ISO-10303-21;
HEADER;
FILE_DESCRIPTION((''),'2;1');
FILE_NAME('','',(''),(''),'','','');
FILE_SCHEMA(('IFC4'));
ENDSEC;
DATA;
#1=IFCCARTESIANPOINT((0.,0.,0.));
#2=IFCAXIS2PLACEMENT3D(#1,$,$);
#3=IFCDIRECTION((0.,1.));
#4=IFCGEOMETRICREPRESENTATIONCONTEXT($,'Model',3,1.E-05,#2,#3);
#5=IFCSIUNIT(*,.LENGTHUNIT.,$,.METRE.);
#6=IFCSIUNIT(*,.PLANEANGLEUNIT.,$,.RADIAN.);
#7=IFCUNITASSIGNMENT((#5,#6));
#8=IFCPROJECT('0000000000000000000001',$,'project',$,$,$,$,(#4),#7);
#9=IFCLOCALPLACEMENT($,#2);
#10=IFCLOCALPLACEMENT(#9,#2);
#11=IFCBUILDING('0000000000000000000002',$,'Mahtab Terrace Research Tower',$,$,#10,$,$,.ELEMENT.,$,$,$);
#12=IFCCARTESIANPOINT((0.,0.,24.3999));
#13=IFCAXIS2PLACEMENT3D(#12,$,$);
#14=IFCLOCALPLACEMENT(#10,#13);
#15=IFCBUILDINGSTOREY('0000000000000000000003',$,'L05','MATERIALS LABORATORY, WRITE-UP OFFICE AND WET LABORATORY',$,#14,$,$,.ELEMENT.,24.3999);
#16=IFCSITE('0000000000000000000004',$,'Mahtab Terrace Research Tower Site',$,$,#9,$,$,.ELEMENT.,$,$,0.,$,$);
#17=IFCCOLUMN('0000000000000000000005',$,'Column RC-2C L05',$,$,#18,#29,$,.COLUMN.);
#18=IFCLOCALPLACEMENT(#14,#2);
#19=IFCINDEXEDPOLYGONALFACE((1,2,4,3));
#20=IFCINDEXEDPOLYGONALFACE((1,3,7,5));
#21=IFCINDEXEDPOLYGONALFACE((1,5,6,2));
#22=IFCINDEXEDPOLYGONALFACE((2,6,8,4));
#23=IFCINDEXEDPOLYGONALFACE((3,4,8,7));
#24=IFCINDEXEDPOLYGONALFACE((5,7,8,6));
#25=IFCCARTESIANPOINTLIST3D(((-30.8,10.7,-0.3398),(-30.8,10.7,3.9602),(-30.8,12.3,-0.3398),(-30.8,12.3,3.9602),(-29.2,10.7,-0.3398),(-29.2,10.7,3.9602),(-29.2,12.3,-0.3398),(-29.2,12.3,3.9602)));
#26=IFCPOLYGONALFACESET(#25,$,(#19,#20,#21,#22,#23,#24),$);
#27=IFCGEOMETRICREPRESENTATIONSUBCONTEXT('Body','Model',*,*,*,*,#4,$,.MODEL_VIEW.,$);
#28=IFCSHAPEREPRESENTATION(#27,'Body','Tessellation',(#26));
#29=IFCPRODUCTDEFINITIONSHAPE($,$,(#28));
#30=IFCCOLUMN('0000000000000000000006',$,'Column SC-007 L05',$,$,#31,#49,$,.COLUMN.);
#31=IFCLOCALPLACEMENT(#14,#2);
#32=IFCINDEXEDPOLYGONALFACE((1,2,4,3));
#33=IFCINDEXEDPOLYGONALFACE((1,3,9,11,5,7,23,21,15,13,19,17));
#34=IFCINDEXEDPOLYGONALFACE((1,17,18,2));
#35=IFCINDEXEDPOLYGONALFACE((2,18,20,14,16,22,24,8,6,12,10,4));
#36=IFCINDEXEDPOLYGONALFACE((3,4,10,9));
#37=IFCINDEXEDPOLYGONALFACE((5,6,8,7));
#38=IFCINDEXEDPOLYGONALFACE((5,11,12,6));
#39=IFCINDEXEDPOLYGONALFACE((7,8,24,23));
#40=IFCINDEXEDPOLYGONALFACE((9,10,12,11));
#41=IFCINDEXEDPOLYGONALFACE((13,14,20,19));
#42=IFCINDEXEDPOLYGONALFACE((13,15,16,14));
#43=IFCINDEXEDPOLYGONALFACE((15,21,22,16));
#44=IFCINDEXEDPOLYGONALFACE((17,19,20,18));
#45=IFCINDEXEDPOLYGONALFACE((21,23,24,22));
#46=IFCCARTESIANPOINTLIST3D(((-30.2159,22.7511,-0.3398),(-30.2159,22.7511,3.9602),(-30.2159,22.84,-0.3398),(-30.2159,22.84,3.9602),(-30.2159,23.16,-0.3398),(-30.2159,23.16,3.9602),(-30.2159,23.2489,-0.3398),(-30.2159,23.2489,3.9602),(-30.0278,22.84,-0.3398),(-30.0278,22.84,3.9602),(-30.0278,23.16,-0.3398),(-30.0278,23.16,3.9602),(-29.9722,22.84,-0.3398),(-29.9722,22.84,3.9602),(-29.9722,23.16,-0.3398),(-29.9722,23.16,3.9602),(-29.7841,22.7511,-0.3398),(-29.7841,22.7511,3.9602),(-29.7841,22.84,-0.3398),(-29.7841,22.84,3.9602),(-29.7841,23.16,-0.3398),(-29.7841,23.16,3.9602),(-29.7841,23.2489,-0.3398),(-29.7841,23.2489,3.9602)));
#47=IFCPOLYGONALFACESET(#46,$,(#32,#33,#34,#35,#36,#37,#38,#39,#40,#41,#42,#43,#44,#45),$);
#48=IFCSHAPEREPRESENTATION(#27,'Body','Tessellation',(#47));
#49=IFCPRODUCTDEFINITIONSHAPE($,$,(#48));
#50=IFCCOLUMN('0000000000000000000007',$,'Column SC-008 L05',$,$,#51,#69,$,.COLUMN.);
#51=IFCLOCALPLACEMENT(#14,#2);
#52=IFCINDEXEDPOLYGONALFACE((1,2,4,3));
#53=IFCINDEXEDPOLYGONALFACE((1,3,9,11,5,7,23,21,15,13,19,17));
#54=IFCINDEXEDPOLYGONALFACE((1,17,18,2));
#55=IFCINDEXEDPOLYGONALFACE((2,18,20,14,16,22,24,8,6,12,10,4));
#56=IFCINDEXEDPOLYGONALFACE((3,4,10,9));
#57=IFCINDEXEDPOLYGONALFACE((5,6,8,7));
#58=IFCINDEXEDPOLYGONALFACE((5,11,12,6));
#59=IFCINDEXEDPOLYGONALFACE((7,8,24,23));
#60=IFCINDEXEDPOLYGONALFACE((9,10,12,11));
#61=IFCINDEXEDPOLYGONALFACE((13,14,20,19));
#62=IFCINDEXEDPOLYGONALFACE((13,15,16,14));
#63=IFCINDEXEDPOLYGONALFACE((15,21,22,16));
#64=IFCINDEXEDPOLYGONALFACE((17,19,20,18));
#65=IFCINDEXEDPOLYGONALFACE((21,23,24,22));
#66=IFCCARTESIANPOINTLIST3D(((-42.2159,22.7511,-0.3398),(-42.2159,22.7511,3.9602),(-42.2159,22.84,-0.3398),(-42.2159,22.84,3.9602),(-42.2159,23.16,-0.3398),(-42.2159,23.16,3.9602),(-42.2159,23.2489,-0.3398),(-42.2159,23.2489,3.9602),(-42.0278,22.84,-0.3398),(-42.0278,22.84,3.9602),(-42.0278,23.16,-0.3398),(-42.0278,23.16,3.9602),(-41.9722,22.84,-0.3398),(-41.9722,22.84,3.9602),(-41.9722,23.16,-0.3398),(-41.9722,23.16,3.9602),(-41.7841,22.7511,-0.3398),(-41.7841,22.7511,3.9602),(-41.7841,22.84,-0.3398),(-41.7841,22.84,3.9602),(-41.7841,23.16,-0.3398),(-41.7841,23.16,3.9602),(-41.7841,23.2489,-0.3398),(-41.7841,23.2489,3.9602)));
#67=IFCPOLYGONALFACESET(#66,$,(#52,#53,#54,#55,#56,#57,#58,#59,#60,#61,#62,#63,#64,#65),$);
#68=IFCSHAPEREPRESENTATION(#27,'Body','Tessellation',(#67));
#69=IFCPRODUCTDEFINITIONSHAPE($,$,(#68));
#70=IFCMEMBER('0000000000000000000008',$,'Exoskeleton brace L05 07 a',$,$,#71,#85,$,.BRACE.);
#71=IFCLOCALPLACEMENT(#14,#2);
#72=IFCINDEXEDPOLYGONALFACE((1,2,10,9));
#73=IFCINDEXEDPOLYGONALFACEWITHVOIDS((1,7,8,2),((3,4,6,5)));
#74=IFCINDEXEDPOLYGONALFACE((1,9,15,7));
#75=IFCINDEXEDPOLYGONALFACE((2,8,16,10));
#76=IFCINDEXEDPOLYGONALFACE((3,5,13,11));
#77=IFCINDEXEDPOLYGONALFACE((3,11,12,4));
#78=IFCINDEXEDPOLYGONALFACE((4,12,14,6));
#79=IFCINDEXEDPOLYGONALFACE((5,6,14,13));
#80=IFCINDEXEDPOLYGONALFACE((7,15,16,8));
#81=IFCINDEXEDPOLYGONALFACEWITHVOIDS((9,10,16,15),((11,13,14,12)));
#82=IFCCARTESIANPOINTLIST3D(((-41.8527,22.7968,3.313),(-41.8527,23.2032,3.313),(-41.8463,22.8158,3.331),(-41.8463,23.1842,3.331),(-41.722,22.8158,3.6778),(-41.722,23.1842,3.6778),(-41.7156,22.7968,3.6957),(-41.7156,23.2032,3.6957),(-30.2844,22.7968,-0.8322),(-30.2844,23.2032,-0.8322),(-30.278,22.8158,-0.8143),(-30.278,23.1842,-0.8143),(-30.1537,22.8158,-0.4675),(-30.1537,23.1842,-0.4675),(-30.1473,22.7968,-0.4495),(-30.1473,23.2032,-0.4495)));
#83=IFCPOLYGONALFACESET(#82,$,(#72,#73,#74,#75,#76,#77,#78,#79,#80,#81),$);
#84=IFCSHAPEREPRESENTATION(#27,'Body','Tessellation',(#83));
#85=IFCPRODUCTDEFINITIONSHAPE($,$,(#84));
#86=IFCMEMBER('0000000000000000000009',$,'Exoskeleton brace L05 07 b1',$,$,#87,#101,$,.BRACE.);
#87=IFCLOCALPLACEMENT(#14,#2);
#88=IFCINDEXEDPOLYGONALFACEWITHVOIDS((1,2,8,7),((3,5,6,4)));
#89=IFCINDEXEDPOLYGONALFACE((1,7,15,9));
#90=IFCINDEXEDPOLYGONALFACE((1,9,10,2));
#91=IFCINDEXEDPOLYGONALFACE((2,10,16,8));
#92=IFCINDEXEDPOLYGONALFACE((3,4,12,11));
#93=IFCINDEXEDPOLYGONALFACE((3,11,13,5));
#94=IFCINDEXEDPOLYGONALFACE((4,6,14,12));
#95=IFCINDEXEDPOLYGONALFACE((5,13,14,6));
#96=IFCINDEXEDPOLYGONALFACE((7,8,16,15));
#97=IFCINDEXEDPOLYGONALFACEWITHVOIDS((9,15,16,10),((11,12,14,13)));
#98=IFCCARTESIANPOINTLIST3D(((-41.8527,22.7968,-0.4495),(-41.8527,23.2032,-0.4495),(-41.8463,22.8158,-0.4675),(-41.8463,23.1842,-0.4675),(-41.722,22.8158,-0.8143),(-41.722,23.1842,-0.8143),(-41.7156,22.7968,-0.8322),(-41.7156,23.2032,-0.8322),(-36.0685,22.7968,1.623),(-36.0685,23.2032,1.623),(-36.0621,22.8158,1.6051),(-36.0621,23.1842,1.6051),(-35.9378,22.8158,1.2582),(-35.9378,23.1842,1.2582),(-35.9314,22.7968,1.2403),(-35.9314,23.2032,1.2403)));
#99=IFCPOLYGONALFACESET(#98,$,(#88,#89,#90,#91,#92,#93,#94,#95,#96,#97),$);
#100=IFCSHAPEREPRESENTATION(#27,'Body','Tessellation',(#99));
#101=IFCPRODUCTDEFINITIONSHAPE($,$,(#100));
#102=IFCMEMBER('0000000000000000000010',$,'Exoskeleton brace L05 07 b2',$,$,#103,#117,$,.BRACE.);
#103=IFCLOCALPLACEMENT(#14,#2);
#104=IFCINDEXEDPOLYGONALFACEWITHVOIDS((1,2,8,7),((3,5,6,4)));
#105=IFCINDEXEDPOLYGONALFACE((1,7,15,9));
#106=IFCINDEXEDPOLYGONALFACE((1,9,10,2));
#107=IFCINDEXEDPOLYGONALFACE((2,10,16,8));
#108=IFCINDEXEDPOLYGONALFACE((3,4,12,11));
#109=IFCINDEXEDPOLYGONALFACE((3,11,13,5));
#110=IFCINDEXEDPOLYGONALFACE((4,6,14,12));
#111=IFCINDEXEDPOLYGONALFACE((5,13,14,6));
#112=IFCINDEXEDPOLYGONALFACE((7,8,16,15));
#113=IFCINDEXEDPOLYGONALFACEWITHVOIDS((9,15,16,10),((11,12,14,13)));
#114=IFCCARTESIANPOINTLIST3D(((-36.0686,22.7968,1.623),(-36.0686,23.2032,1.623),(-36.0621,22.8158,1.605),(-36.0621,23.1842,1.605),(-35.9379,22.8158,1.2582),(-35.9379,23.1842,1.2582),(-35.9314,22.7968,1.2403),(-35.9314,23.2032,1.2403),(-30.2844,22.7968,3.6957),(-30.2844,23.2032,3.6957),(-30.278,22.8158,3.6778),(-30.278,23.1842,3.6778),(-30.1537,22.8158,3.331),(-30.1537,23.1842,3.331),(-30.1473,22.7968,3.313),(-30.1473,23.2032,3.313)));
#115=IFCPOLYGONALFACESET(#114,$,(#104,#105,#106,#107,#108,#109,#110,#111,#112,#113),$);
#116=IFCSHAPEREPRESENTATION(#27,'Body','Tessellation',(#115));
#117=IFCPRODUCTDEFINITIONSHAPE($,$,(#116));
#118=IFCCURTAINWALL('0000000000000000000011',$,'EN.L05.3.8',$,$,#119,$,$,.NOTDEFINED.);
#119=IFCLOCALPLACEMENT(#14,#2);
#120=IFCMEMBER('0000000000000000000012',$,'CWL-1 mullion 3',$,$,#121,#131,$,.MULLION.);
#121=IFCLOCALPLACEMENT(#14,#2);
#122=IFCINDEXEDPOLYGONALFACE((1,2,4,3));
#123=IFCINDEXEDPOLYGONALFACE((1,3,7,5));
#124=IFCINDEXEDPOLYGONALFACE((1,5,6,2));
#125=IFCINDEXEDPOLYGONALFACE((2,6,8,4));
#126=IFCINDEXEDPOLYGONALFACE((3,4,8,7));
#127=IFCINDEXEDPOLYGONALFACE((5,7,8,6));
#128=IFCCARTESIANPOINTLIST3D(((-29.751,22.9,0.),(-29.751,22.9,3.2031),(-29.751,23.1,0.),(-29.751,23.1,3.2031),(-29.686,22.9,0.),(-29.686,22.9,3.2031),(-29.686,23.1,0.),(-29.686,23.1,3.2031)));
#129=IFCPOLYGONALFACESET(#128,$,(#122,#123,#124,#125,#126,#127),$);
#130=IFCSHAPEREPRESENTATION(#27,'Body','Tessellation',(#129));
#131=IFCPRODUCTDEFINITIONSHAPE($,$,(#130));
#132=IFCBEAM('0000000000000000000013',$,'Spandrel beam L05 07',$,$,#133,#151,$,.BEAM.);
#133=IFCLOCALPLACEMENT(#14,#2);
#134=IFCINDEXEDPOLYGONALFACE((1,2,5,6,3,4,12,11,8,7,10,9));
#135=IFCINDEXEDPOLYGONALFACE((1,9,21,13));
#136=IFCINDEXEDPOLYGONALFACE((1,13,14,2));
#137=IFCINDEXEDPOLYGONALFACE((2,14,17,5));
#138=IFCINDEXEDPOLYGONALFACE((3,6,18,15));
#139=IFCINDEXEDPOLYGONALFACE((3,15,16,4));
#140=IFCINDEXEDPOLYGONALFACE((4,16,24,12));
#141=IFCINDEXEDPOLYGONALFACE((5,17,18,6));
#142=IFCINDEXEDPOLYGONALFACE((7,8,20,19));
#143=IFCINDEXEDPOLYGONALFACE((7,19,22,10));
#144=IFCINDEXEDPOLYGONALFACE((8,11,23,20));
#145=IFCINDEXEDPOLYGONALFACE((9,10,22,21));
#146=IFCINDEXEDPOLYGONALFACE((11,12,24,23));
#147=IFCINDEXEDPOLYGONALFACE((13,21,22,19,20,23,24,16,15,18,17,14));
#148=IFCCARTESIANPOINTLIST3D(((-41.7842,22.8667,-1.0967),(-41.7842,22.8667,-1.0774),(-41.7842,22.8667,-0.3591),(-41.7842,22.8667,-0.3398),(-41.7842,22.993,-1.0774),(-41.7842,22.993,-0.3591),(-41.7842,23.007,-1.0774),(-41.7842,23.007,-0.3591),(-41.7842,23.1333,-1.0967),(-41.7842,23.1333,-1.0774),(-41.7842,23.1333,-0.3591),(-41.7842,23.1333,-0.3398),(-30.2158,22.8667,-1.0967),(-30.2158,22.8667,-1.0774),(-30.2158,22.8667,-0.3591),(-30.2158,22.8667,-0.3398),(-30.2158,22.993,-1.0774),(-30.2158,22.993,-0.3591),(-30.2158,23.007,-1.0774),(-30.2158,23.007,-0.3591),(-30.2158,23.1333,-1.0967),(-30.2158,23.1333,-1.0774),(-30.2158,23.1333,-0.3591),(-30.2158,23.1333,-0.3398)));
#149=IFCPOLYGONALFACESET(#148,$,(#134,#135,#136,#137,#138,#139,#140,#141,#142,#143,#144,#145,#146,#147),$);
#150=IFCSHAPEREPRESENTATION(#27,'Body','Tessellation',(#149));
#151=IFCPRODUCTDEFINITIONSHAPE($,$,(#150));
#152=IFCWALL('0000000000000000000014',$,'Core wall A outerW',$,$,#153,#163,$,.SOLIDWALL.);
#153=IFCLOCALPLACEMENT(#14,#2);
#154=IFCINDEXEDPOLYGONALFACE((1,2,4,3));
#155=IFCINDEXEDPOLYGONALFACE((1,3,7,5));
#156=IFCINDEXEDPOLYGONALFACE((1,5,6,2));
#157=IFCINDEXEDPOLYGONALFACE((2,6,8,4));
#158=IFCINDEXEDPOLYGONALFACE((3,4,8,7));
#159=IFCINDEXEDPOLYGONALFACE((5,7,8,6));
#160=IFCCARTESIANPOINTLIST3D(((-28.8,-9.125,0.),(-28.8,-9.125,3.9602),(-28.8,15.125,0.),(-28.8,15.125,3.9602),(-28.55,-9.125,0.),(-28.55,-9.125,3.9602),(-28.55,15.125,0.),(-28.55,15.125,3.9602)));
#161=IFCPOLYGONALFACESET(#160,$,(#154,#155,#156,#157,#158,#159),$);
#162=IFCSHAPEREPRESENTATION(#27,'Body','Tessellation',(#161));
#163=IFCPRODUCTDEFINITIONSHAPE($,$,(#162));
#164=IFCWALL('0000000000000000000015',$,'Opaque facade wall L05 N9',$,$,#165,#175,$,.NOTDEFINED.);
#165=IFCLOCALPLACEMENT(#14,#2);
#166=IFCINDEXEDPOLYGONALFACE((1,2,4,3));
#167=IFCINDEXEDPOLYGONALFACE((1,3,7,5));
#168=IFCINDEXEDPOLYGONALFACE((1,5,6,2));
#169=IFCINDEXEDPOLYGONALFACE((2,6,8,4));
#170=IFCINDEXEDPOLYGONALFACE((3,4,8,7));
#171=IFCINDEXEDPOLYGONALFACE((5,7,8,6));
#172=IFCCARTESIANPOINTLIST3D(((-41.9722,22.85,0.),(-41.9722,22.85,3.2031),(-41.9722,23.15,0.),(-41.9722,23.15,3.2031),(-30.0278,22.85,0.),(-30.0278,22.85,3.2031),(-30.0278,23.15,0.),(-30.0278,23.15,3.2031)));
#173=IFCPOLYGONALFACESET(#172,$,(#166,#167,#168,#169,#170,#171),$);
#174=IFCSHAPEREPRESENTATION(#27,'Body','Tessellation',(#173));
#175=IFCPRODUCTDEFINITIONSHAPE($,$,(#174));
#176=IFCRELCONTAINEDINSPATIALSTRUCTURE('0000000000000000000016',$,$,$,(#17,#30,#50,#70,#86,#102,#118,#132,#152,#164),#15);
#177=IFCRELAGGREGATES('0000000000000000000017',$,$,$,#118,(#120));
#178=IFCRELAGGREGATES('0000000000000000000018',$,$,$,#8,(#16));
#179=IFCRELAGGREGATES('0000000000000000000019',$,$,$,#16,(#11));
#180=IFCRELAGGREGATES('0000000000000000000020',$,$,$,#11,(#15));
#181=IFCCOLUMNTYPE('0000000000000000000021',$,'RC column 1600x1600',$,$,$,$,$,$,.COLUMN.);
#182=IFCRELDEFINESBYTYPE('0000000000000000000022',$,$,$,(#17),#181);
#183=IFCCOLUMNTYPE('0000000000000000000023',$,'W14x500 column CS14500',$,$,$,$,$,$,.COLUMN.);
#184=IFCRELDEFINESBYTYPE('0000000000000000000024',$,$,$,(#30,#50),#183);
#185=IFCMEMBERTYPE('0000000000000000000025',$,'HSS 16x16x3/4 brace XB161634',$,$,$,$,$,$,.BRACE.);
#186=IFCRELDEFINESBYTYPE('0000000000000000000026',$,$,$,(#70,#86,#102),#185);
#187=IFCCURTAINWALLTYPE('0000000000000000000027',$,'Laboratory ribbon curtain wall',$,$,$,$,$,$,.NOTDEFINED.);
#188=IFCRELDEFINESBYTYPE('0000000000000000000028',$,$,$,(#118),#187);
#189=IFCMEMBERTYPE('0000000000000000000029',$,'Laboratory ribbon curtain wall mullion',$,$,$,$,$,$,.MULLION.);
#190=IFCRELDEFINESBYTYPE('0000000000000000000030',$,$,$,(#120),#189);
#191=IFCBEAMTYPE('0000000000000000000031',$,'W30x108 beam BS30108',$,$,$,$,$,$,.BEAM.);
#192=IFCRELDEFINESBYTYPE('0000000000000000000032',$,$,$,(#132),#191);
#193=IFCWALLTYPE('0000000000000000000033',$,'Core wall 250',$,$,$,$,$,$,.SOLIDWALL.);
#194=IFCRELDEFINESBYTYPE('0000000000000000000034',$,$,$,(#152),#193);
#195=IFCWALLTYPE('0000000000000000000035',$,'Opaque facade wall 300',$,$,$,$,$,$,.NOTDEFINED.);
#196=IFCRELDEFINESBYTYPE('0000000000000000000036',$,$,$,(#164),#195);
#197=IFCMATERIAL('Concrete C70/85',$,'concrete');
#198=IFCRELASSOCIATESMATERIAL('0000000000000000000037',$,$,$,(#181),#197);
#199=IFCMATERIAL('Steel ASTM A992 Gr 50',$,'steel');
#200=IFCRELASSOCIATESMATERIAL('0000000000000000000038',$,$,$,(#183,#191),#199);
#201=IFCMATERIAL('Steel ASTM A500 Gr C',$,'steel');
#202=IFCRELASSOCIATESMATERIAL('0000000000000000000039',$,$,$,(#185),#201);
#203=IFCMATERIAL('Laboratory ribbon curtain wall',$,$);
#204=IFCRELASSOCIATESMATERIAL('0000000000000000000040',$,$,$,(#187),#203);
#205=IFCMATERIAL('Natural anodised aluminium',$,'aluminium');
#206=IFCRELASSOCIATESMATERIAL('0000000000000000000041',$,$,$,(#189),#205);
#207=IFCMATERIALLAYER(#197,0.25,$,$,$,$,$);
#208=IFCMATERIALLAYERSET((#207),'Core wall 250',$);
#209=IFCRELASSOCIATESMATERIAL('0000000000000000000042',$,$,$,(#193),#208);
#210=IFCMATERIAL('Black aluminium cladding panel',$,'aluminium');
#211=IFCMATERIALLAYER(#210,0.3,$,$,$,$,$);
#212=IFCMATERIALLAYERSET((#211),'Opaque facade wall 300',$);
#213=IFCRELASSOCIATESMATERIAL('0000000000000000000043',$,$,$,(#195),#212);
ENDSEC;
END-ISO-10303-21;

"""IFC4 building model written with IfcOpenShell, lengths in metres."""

from ifc_helpers import new_model, si_unit, direction, frame, frame_2d, origin, origin_2d, place, context, subcontext, project, spatial, rectangle, hollow_rectangle, i_section, extrude, material, layer, layer_set, material_profile, profile_set, type_object, element, aggregate, save


model = new_model("IFC4")

# Units and contexts
model_context = context("Model", 3, precision=1e-05, world=origin(), true_north=direction((0.0, 1.0)))
body_context = subcontext(model_context, "Body", "Model", "MODEL_VIEW")
ifc_project = project(units=[si_unit("LENGTHUNIT", "METRE"), si_unit("PLANEANGLEUNIT", "RADIAN")], contexts=[model_context])

# Site, building, storey
site_placement = place(None, origin())
site = spatial("IfcSite", under=ifc_project, at=site_placement, Name="Mahtab Terrace Research Tower Site", CompositionType="ELEMENT", RefElevation=0.0)
building_placement = place(site_placement, origin())
building = spatial("IfcBuilding", under=site, at=building_placement, Name="Mahtab Terrace Research Tower", CompositionType="ELEMENT")
storey_placement = place(building_placement, frame((0.0, 0.0, 24.3999)))
storey = spatial("IfcBuildingStorey", under=building, at=storey_placement, Name="L05", Description="MATERIALS LABORATORY, WRITE-UP OFFICE AND WET LABORATORY", CompositionType="ELEMENT", Elevation=24.3999)

# Columns
ifc_material_1 = material(Name="Concrete C70/85", Category="concrete")
ifc_material_profile_1 = material_profile(ifc_material_1, rectangle(XDim=1.6001, YDim=1.6001, at=origin_2d()), Name="RC column 1600x1600")
ifc_profile_set_1 = profile_set([ifc_material_profile_1], Name="Concrete C70/85")
column_type_1 = type_object("IfcColumnType", Name="RC column 1600x1600", PredefinedType="COLUMN", material=ifc_profile_set_1)
column_placement = place(storey_placement, frame((-30.0, 11.5, -0.3398), z_axis=(0.0, 0.0, 1.0), x_axis=(1.0, 0.0, 0.0)))
element("IfcColumn", 1, at=column_placement, inside=storey, type_object=column_type_1, Name="Column RC-2C L05", PredefinedType="COLUMN", context=body_context, shape_type="SweptSolid", body=[
    extrude(rectangle(XDim=1.6001, YDim=1.6001, at=origin_2d()), origin(), (0.0, 0.0, 1.0), 4.3),
])
ifc_material_2 = material(Name="Steel ASTM A992 Gr 50", Category="steel")
ifc_material_profile_2 = material_profile(ifc_material_2, i_section(OverallWidth=0.4319, OverallDepth=0.4978, WebThickness=0.0557, FlangeThickness=0.0889, at=origin_2d()), Name="W14X500")
ifc_profile_set_2 = profile_set([ifc_material_profile_2], Name="Steel ASTM A992 Gr 50")
column_type_2 = type_object("IfcColumnType", Name="W14x500 column CS14500", PredefinedType="COLUMN", material=ifc_profile_set_2)
for number, where, z_axis, x_axis, name in (
    (2, (-30.0, 23.0, -0.3398), (0.0, 0.0, 1.0), (1.0, 0.0, 0.0), "Column SC-007 L05"),
    (3, (-42.0, 23.0, -0.3398), (0.0, 0.0, 1.0), (1.0, 0.0, 0.0), "Column SC-008 L05"),
):
    element("IfcColumn", number, at=place(storey_placement, frame(where, z_axis=z_axis, x_axis=x_axis)), inside=storey, type_object=column_type_2, Name=name, PredefinedType="COLUMN", context=body_context, shape_type="SweptSolid", body=[
        extrude(i_section(OverallWidth=0.4319, OverallDepth=0.4978, WebThickness=0.0557, FlangeThickness=0.0889, at=origin_2d()), origin(), (0.0, 0.0, 1.0), 4.3),
    ])

# Members
ifc_material_3 = material(Name="Steel ASTM A500 Gr C", Category="steel")
ifc_material_profile_3 = material_profile(ifc_material_3, hollow_rectangle(XDim=0.4065, YDim=0.4065, WallThickness=0.019, at=origin_2d()), Name="HSS16X16X3/4")
ifc_profile_set_3 = profile_set([ifc_material_profile_3], Name="Steel ASTM A500 Gr C")
member_type_1 = type_object("IfcMemberType", Name="HSS 16x16x3/4 brace XB161634", PredefinedType="BRACE", material=ifc_profile_set_3)
member_1_placement = place(storey_placement, frame((-30.2158, 23.0, -0.6409), z_axis=(-0.941388, 0.0, 0.337325), x_axis=(0.0, -1.0, 0.0)))
element("IfcMember", 4, at=member_1_placement, inside=storey, type_object=member_type_1, Name="Exoskeleton brace L05 07 a", PredefinedType="BRACE", context=body_context, shape_type="SweptSolid", body=[
    extrude(hollow_rectangle(XDim=0.4065, YDim=0.4065, WallThickness=0.019, at=origin_2d()), origin(), (0.0, 0.0, 1.0), 12.2886),
])
for number, where, z_axis, x_axis, name in (
    (5, (-41.7842, 23.0, -0.6409), (0.941394, 0.0, 0.337308), (0.0, 1.0, 0.0), "Exoskeleton brace L05 07 b1"),
    (6, (-36.0, 23.0, 1.4316), (0.941382, 0.0, 0.337343), (0.0, 1.0, 0.0), "Exoskeleton brace L05 07 b2"),
):
    element("IfcMember", number, at=place(storey_placement, frame(where, z_axis=z_axis, x_axis=x_axis)), inside=storey, type_object=member_type_1, Name=name, PredefinedType="BRACE", context=body_context, shape_type="SweptSolid", body=[
        extrude(hollow_rectangle(XDim=0.4065, YDim=0.4065, WallThickness=0.019, at=origin_2d()), origin(), (0.0, 0.0, 1.0), 6.1443),
    ])

# Curtain wall, member
ifc_material_4 = material(Name="Laboratory ribbon curtain wall")
curtain_wall_type = type_object("IfcCurtainWallType", Name="Laboratory ribbon curtain wall", PredefinedType="NOTDEFINED", material=ifc_material_4)
curtain_wall_placement = place(storey_placement, origin())
curtain_wall = element("IfcCurtainWall", 7, at=curtain_wall_placement, inside=storey, type_object=curtain_wall_type, Name="EN.L05.3.8", PredefinedType="NOTDEFINED")
ifc_material_5 = material(Name="Natural anodised aluminium", Category="aluminium")
ifc_material_profile_4 = material_profile(ifc_material_5, rectangle(XDim=0.2, YDim=0.0649, at=origin_2d()), Name="MULLION 65x200")
ifc_profile_set_4 = profile_set([ifc_material_profile_4], Name="Natural anodised aluminium")
member_type_2 = type_object("IfcMemberType", Name="Laboratory ribbon curtain wall mullion", PredefinedType="MULLION", material=ifc_profile_set_4)
member_2_placement = place(storey_placement, frame((-29.7185, 23.0, 0.0), z_axis=(0.0, 0.0, 1.0), x_axis=(0.0, -1.0, 0.0)))
member_2 = element("IfcMember", 8, at=member_2_placement, type_object=member_type_2, Name="CWL-1 mullion 3", PredefinedType="MULLION", context=body_context, shape_type="SweptSolid", body=[
    extrude(rectangle(XDim=0.2, YDim=0.0649, at=origin_2d()), origin(), (0.0, 0.0, 1.0), 3.2031),
])
aggregate(curtain_wall, [member_2])

# Beam
ifc_material_profile_5 = material_profile(ifc_material_2, i_section(OverallWidth=0.2666, OverallDepth=0.7568, WebThickness=0.0139, FlangeThickness=0.0193, at=origin_2d()), Name="W30X108")
ifc_profile_set_5 = profile_set([ifc_material_profile_5], Name="Steel ASTM A992 Gr 50")
beam_type = type_object("IfcBeamType", Name="W30x108 beam BS30108", PredefinedType="BEAM", material=ifc_profile_set_5)
beam_placement = place(storey_placement, frame((-30.2158, 23.0, -0.7183), z_axis=(-1.0, 0.0, 0.0), x_axis=(0.0, -1.0, 0.0)))
element("IfcBeam", 9, at=beam_placement, inside=storey, type_object=beam_type, Name="Spandrel beam L05 07", PredefinedType="BEAM", context=body_context, shape_type="SweptSolid", body=[
    extrude(i_section(OverallWidth=0.2666, OverallDepth=0.7568, WebThickness=0.0139, FlangeThickness=0.0193, at=origin_2d()), origin(), (0.0, 0.0, 1.0), 11.5684),
])

# Walls
ifc_layer_1 = layer(ifc_material_1, 0.25)
ifc_layer_set_1 = layer_set([ifc_layer_1], Name="Core wall 250")
wall_type_1 = type_object("IfcWallType", Name="Core wall 250", PredefinedType="SOLIDWALL", material=ifc_layer_set_1)
wall_1_placement = place(storey_placement, frame((-28.675, 15.125, 0.0), z_axis=(0.0, 0.0, 1.0), x_axis=(0.0, -1.0, 0.0)))
element("IfcWall", 10, at=wall_1_placement, inside=storey, type_object=wall_type_1, Name="Core wall A outerW", PredefinedType="SOLIDWALL", context=body_context, shape_type="SweptSolid", body=[
    extrude(rectangle(XDim=24.25, YDim=0.25, at=frame_2d((12.125, 0.0))), origin(), (0.0, 0.0, 1.0), 3.9602),
])
ifc_material_6 = material(Name="Black aluminium cladding panel", Category="aluminium")
ifc_layer_2 = layer(ifc_material_6, 0.3)
ifc_layer_set_2 = layer_set([ifc_layer_2], Name="Opaque facade wall 300")
wall_type_2 = type_object("IfcWallType", Name="Opaque facade wall 300", PredefinedType="NOTDEFINED", material=ifc_layer_set_2)
wall_2_placement = place(storey_placement, frame((-30.0278, 23.0, 0.0), z_axis=(0.0, 0.0, 1.0), x_axis=(-1.0, 0.0, 0.0)))
element("IfcWall", 11, at=wall_2_placement, inside=storey, type_object=wall_type_2, Name="Opaque facade wall L05 N9", PredefinedType="NOTDEFINED", context=body_context, shape_type="SweptSolid", body=[
    extrude(rectangle(XDim=11.9443, YDim=0.3, at=frame_2d((5.9722, 0.0))), origin(), (0.0, 0.0, 1.0), 3.2031),
])

save(model, "model.ifc")
